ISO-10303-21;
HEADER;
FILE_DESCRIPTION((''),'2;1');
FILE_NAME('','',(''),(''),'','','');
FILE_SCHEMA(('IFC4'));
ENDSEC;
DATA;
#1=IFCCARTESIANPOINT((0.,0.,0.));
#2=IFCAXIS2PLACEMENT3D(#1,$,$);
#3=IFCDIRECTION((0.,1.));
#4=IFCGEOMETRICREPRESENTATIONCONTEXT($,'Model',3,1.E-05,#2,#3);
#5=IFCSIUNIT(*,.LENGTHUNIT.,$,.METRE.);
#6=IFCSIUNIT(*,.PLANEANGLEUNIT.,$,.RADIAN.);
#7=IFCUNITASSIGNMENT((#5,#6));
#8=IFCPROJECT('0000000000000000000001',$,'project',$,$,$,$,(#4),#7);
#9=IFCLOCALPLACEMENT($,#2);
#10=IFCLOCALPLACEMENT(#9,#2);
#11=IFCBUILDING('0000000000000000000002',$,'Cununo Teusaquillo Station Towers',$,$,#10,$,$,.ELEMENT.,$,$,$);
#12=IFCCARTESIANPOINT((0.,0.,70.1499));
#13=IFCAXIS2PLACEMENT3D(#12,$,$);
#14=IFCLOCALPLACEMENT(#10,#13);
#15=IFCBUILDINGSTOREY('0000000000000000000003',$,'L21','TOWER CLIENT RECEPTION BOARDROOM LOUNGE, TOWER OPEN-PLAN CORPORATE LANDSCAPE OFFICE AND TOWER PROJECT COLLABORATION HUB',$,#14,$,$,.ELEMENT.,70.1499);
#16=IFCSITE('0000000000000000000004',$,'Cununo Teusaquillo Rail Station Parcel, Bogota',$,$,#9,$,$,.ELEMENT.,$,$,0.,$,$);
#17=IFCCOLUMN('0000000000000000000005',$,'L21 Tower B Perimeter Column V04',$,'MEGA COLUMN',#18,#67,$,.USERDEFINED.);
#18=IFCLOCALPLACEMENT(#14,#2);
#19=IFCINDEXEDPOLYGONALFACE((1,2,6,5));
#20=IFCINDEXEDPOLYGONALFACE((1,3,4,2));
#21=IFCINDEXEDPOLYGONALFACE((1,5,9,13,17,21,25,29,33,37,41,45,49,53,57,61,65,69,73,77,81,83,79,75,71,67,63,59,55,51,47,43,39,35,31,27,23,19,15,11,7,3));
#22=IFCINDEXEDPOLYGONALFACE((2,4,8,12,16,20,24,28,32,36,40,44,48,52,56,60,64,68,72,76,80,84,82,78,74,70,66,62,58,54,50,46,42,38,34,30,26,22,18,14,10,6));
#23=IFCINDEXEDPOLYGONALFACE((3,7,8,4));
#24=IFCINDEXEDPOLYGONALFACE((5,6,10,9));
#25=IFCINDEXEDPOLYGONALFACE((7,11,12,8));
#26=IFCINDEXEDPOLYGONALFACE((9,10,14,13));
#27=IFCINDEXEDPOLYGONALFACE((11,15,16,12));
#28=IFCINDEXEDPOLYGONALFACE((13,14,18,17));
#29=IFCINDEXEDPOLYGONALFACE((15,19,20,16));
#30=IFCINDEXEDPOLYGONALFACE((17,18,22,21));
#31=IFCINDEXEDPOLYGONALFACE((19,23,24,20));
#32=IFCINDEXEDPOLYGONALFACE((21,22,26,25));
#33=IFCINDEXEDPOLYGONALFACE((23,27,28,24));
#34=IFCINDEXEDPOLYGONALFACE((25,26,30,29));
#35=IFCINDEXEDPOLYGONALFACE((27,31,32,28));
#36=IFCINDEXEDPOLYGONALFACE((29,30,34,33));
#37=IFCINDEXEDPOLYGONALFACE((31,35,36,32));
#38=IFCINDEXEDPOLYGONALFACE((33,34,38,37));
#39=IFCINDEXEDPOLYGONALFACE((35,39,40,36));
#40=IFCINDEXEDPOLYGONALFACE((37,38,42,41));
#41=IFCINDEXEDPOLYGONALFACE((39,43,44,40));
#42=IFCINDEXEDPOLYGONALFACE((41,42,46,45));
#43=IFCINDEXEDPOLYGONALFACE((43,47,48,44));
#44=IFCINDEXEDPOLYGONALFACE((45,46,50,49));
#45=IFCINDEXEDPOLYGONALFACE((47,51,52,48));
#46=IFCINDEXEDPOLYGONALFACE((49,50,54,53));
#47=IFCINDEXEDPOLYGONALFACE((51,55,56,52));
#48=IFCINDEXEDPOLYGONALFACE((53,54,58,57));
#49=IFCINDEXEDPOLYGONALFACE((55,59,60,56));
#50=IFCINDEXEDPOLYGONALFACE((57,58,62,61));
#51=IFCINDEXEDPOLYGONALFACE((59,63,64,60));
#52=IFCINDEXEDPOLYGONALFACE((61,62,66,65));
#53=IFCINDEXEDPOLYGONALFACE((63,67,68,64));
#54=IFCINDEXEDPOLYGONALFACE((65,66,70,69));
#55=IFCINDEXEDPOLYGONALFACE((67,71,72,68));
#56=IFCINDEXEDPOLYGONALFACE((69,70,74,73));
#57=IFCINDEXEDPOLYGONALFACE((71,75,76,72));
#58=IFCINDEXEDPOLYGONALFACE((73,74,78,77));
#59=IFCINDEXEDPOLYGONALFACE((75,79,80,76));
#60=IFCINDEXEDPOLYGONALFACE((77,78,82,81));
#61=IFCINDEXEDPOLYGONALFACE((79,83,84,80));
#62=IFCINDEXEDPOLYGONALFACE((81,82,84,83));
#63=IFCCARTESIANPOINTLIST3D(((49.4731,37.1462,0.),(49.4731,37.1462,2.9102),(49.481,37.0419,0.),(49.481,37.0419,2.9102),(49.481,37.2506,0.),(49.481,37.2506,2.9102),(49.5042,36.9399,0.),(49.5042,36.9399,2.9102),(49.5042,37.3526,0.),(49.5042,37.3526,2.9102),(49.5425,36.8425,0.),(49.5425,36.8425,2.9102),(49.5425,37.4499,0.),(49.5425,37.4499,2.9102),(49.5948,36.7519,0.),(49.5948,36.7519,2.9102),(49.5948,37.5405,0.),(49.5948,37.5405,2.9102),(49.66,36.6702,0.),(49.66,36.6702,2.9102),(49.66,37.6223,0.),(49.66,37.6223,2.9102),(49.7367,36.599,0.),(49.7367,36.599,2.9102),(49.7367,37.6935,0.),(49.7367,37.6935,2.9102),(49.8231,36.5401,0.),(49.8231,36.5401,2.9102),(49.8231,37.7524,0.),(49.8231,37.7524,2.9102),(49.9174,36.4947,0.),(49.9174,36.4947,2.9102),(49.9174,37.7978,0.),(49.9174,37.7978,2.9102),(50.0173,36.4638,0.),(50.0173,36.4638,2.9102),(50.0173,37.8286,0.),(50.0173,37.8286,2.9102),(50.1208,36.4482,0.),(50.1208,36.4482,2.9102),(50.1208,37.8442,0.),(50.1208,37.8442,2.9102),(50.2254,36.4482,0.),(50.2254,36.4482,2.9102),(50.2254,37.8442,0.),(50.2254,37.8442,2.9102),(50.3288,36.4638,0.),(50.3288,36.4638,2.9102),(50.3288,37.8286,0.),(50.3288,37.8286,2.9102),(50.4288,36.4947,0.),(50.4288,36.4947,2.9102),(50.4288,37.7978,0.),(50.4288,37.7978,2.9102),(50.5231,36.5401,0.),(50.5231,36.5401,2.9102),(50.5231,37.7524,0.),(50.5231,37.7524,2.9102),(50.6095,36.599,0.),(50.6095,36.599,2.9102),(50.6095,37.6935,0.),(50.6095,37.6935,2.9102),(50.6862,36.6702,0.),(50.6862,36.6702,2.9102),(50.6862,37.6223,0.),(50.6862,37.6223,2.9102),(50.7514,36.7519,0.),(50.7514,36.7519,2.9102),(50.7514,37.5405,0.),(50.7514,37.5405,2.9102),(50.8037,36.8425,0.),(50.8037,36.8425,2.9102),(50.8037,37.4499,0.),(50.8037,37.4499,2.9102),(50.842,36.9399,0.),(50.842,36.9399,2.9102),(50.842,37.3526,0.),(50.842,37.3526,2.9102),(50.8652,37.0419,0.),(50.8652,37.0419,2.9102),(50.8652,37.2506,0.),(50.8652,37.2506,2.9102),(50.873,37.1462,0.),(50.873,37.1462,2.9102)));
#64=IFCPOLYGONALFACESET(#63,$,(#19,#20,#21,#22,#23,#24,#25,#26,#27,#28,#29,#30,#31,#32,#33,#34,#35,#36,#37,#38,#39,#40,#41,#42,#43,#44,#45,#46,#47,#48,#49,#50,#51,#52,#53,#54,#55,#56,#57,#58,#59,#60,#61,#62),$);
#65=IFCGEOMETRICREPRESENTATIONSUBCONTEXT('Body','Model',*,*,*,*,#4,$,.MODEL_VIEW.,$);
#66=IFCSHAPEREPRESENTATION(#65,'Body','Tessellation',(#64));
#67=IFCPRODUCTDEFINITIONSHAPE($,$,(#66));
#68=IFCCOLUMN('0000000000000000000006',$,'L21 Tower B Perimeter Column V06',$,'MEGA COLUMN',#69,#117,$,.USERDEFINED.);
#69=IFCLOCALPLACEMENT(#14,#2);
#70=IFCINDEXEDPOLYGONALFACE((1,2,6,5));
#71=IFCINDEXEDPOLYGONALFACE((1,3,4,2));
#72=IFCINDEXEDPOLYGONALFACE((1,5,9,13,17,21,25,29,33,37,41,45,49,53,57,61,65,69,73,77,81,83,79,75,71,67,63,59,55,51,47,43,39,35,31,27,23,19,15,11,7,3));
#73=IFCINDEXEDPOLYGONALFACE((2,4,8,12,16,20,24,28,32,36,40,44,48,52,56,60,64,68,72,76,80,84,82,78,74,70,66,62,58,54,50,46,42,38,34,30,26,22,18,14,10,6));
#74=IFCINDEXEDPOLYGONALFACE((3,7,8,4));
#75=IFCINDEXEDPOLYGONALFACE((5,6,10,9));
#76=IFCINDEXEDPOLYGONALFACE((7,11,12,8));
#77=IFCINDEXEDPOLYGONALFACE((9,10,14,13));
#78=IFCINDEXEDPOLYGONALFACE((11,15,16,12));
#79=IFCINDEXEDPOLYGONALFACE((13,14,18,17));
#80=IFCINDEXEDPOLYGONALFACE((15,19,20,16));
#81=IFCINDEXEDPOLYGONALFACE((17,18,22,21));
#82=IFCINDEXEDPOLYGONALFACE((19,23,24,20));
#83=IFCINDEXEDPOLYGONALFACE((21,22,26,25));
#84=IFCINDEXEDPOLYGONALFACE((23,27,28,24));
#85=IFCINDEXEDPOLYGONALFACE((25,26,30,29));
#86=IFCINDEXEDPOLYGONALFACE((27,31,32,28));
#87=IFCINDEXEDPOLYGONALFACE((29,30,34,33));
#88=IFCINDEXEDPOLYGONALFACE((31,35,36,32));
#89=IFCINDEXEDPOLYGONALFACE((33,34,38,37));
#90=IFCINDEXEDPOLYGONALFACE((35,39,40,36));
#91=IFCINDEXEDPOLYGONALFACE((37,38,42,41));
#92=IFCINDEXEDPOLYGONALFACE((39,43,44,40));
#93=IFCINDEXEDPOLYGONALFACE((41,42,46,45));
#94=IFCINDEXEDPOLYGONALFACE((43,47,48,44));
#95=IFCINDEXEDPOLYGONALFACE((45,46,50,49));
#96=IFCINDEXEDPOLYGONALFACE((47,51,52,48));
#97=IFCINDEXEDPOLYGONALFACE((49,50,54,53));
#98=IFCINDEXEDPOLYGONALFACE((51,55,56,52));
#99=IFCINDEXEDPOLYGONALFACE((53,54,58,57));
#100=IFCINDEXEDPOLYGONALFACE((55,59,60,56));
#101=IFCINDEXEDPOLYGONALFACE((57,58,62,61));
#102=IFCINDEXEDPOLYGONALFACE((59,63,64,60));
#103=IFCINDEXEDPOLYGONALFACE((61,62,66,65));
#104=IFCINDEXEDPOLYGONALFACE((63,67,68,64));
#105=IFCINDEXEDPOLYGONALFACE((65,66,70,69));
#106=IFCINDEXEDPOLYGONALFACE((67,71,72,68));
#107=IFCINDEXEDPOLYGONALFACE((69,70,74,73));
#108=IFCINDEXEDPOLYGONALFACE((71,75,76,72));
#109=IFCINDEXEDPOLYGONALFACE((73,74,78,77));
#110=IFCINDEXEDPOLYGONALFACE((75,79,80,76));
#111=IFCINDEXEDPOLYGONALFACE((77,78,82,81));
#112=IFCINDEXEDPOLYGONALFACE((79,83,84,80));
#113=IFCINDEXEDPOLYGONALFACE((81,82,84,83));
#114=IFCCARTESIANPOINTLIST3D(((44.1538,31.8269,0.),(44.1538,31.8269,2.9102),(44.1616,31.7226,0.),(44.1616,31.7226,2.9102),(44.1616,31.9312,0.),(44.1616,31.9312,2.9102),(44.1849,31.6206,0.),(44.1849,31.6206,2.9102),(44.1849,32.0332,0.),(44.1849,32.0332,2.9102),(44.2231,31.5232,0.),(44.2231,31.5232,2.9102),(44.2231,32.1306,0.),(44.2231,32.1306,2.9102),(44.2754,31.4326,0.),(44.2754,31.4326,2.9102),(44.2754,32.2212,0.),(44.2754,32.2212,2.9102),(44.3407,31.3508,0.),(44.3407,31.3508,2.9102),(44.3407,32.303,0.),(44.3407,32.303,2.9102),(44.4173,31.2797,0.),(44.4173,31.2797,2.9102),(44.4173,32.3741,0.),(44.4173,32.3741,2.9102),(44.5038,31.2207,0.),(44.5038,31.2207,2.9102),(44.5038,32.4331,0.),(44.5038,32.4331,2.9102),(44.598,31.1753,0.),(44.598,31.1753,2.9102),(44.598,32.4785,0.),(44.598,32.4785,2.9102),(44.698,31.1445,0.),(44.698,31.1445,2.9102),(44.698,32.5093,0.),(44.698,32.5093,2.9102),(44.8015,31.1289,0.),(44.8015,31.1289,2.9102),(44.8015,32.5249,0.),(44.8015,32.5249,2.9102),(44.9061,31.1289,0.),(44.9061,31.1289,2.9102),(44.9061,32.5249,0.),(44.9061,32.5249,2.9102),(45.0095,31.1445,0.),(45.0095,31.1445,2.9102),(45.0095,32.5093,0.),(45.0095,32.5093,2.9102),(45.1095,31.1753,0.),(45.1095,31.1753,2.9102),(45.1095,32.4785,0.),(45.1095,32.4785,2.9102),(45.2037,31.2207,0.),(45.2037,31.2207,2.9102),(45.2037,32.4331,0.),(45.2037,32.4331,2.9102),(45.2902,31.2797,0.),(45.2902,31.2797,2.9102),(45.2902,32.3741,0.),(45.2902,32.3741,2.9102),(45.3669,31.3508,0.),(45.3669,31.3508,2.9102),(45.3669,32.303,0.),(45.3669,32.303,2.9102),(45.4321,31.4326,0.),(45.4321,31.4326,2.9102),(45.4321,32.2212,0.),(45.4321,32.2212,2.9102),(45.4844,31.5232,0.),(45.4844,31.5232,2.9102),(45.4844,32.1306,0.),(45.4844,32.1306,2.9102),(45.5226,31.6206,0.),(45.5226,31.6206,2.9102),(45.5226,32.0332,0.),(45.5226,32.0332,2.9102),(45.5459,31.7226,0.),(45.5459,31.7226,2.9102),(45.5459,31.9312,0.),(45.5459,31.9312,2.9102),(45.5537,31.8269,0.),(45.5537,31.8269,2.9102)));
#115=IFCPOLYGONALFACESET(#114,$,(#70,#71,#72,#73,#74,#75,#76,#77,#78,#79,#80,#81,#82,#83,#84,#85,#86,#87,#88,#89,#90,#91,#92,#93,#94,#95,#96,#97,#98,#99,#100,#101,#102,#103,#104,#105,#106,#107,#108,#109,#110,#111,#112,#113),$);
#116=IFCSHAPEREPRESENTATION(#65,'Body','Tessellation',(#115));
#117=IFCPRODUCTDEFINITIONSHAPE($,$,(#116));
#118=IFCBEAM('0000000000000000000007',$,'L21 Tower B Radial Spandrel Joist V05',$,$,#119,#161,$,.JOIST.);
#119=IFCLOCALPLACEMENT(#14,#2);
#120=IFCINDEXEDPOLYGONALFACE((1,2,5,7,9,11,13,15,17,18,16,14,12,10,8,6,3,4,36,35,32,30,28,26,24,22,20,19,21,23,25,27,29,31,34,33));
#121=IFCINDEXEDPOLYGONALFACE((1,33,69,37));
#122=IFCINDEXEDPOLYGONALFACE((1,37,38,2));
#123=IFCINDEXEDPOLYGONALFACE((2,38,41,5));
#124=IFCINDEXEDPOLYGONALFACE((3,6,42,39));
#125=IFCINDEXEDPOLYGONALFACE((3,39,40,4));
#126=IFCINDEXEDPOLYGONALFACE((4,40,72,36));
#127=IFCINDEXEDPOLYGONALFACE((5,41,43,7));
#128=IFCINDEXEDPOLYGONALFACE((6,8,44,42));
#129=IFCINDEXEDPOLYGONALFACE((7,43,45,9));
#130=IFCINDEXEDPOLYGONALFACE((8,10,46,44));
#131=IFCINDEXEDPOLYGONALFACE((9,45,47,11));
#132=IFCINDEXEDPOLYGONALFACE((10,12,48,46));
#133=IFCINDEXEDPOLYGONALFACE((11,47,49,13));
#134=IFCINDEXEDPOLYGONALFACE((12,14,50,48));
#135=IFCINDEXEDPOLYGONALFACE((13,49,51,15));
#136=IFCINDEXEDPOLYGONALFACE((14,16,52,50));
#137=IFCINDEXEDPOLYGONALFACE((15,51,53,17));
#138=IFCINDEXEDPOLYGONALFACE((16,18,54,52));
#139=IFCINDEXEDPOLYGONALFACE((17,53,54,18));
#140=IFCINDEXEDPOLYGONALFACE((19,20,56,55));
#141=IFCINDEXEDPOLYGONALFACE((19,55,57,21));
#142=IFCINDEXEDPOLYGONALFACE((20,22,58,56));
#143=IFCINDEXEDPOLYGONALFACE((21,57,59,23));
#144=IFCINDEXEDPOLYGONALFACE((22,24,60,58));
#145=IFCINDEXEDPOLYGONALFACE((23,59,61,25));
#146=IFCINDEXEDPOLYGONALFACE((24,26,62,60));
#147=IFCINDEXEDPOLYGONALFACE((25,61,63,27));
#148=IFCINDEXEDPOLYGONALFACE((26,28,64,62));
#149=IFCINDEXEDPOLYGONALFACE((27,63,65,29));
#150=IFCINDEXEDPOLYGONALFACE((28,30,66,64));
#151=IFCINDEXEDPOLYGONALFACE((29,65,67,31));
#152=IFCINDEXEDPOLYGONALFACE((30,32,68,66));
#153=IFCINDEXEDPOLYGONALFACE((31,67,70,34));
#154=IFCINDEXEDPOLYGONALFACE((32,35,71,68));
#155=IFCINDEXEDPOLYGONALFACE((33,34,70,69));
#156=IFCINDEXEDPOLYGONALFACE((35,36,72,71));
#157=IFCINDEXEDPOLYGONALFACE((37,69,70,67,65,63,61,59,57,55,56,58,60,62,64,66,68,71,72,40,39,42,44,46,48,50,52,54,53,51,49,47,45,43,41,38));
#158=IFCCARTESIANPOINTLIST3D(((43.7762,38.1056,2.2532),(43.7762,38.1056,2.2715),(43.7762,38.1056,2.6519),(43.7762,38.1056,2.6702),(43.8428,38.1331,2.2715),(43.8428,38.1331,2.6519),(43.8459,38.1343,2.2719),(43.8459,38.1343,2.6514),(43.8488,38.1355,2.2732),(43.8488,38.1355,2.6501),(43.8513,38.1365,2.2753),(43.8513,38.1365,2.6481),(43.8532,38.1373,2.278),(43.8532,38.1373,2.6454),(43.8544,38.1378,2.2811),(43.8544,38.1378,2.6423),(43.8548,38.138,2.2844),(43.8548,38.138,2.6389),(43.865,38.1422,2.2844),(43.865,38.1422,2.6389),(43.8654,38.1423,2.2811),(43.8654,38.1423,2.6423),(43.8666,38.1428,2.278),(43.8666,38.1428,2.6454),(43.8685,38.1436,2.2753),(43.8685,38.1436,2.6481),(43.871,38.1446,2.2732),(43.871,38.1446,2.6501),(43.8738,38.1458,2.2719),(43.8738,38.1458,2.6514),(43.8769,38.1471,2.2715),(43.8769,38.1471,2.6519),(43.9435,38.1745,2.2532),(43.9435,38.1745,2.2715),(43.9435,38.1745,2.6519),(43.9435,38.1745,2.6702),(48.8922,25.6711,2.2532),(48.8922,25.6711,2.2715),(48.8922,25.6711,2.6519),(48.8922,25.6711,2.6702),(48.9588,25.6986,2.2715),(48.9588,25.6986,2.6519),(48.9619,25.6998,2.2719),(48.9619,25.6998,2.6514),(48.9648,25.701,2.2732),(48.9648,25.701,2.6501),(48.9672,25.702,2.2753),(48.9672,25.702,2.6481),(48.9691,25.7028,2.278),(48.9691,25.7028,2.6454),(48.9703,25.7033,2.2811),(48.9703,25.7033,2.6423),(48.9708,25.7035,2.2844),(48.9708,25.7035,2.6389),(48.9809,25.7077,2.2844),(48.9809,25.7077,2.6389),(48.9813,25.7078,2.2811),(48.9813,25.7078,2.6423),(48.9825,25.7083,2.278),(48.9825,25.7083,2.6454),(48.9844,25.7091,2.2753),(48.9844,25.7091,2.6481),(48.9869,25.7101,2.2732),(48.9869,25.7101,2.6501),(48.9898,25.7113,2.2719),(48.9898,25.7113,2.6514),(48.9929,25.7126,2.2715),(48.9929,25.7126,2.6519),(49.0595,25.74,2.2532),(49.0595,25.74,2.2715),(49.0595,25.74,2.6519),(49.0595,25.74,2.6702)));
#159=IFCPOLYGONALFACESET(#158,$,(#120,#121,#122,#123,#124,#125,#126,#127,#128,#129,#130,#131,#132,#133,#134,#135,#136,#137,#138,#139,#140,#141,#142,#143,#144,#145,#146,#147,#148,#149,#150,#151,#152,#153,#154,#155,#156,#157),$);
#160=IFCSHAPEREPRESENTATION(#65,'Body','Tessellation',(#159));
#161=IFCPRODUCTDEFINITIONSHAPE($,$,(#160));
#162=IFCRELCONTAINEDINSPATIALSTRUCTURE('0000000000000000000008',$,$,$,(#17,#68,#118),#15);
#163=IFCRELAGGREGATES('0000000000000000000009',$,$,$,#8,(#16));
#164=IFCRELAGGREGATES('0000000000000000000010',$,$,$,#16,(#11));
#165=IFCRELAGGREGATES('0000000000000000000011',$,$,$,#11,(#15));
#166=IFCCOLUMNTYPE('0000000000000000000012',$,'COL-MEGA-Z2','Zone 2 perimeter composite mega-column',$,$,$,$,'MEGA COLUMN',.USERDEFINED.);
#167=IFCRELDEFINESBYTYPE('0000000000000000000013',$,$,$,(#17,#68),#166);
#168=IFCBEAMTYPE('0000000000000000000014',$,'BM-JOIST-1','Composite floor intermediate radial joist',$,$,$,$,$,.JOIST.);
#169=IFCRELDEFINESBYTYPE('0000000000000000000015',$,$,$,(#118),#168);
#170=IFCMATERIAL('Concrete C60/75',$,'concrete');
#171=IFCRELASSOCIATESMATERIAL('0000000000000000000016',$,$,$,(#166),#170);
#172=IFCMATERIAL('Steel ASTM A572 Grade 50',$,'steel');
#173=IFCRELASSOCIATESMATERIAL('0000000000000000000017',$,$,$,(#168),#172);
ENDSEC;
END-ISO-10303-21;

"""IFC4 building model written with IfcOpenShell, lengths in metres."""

from ifc_helpers import new_model, si_unit, direction, frame, origin, origin_2d, place, context, subcontext, project, spatial, circle, i_section, extrude, material, material_profile, profile_set, type_object, element, save


model = new_model("IFC4")

# Units and contexts
model_context = context("Model", 3, precision=1e-05, world=origin(), true_north=direction((0.0, 1.0)))
body_context = subcontext(model_context, "Body", "Model", "MODEL_VIEW")
ifc_project = project(units=[si_unit("LENGTHUNIT", "METRE"), si_unit("PLANEANGLEUNIT", "RADIAN")], contexts=[model_context])

# Site, building, storey
site_placement = place(None, origin())
site = spatial("IfcSite", under=ifc_project, at=site_placement, Name="Cununo Teusaquillo Rail Station Parcel, Bogota", CompositionType="ELEMENT", RefElevation=0.0)
building_placement = place(site_placement, origin())
building = spatial("IfcBuilding", under=site, at=building_placement, Name="Cununo Teusaquillo Station Towers", CompositionType="ELEMENT")
storey_placement = place(building_placement, frame((0.0, 0.0, 70.1499)))
storey = spatial("IfcBuildingStorey", under=building, at=storey_placement, Name="L21", Description="TOWER CLIENT RECEPTION BOARDROOM LOUNGE, TOWER OPEN-PLAN CORPORATE LANDSCAPE OFFICE AND TOWER PROJECT COLLABORATION HUB", CompositionType="ELEMENT", Elevation=70.1499)

# Columns
ifc_material_1 = material(Name="Concrete C60/75", Category="concrete")
ifc_material_profile_1 = material_profile(ifc_material_1, circle(Radius=0.7, at=origin_2d()), Name="RC-CIRC-1400")
ifc_profile_set_1 = profile_set([ifc_material_profile_1], Name="Concrete C60/75")
column_type = type_object("IfcColumnType", Name="COL-MEGA-Z2", Description="Zone 2 perimeter composite mega-column", ElementType="MEGA COLUMN", PredefinedType="USERDEFINED", material=ifc_profile_set_1)
for number, where, z_axis, x_axis, name in (
    (1, (50.1731, 37.1462, 0.0), (0.0, 0.0, 1.0), (1.0, 0.0, 0.0), "L21 Tower B Perimeter Column V04"),
    (2, (44.8538, 31.8269, 0.0), (0.0, 0.0, 1.0), (1.0, 0.0, 0.0), "L21 Tower B Perimeter Column V06"),
):
    element("IfcColumn", number, at=place(storey_placement, frame(where, z_axis=z_axis, x_axis=x_axis)), inside=storey, type_object=column_type, Name=name, ObjectType="MEGA COLUMN", PredefinedType="USERDEFINED", context=body_context, shape_type="SweptSolid", body=[
        extrude(circle(Radius=0.7, at=origin_2d()), origin(), (0.0, 0.0, 1.0), 2.9102),
    ])

# Beam
ifc_material_2 = material(Name="Steel ASTM A572 Grade 50", Category="steel")
ifc_material_profile_2 = material_profile(ifc_material_2, i_section(OverallWidth=0.1809, OverallDepth=0.417, WebThickness=0.011, FlangeThickness=0.0183, FilletRadius=0.0129, at=origin_2d()), Name="W16X57")
ifc_profile_set_2 = profile_set([ifc_material_profile_2], Name="Steel ASTM A572 Grade 50")
beam_type_1 = type_object("IfcBeamType", Name="BM-JOIST-1", Description="Composite floor intermediate radial joist", PredefinedType="JOIST", material=ifc_profile_set_2)
beam_1_placement = place(storey_placement, frame((48.9758, 25.7056, 2.4617), z_axis=(-0.380486, 0.924787, 0.0), x_axis=(-0.924787, -0.380486, 0.0)))
element("IfcBeam", 3, at=beam_1_placement, inside=storey, type_object=beam_type_1, Name="L21 Tower B Radial Spandrel Joist V05", PredefinedType="JOIST", context=body_context, shape_type="SweptSolid", body=[
    extrude(i_section(OverallWidth=0.1809, OverallDepth=0.417, WebThickness=0.011, FlangeThickness=0.0183, FilletRadius=0.0129, at=origin_2d()), origin(), (0.0, 0.0, 1.0), 13.4458),
])

save(model, "model.ifc")
